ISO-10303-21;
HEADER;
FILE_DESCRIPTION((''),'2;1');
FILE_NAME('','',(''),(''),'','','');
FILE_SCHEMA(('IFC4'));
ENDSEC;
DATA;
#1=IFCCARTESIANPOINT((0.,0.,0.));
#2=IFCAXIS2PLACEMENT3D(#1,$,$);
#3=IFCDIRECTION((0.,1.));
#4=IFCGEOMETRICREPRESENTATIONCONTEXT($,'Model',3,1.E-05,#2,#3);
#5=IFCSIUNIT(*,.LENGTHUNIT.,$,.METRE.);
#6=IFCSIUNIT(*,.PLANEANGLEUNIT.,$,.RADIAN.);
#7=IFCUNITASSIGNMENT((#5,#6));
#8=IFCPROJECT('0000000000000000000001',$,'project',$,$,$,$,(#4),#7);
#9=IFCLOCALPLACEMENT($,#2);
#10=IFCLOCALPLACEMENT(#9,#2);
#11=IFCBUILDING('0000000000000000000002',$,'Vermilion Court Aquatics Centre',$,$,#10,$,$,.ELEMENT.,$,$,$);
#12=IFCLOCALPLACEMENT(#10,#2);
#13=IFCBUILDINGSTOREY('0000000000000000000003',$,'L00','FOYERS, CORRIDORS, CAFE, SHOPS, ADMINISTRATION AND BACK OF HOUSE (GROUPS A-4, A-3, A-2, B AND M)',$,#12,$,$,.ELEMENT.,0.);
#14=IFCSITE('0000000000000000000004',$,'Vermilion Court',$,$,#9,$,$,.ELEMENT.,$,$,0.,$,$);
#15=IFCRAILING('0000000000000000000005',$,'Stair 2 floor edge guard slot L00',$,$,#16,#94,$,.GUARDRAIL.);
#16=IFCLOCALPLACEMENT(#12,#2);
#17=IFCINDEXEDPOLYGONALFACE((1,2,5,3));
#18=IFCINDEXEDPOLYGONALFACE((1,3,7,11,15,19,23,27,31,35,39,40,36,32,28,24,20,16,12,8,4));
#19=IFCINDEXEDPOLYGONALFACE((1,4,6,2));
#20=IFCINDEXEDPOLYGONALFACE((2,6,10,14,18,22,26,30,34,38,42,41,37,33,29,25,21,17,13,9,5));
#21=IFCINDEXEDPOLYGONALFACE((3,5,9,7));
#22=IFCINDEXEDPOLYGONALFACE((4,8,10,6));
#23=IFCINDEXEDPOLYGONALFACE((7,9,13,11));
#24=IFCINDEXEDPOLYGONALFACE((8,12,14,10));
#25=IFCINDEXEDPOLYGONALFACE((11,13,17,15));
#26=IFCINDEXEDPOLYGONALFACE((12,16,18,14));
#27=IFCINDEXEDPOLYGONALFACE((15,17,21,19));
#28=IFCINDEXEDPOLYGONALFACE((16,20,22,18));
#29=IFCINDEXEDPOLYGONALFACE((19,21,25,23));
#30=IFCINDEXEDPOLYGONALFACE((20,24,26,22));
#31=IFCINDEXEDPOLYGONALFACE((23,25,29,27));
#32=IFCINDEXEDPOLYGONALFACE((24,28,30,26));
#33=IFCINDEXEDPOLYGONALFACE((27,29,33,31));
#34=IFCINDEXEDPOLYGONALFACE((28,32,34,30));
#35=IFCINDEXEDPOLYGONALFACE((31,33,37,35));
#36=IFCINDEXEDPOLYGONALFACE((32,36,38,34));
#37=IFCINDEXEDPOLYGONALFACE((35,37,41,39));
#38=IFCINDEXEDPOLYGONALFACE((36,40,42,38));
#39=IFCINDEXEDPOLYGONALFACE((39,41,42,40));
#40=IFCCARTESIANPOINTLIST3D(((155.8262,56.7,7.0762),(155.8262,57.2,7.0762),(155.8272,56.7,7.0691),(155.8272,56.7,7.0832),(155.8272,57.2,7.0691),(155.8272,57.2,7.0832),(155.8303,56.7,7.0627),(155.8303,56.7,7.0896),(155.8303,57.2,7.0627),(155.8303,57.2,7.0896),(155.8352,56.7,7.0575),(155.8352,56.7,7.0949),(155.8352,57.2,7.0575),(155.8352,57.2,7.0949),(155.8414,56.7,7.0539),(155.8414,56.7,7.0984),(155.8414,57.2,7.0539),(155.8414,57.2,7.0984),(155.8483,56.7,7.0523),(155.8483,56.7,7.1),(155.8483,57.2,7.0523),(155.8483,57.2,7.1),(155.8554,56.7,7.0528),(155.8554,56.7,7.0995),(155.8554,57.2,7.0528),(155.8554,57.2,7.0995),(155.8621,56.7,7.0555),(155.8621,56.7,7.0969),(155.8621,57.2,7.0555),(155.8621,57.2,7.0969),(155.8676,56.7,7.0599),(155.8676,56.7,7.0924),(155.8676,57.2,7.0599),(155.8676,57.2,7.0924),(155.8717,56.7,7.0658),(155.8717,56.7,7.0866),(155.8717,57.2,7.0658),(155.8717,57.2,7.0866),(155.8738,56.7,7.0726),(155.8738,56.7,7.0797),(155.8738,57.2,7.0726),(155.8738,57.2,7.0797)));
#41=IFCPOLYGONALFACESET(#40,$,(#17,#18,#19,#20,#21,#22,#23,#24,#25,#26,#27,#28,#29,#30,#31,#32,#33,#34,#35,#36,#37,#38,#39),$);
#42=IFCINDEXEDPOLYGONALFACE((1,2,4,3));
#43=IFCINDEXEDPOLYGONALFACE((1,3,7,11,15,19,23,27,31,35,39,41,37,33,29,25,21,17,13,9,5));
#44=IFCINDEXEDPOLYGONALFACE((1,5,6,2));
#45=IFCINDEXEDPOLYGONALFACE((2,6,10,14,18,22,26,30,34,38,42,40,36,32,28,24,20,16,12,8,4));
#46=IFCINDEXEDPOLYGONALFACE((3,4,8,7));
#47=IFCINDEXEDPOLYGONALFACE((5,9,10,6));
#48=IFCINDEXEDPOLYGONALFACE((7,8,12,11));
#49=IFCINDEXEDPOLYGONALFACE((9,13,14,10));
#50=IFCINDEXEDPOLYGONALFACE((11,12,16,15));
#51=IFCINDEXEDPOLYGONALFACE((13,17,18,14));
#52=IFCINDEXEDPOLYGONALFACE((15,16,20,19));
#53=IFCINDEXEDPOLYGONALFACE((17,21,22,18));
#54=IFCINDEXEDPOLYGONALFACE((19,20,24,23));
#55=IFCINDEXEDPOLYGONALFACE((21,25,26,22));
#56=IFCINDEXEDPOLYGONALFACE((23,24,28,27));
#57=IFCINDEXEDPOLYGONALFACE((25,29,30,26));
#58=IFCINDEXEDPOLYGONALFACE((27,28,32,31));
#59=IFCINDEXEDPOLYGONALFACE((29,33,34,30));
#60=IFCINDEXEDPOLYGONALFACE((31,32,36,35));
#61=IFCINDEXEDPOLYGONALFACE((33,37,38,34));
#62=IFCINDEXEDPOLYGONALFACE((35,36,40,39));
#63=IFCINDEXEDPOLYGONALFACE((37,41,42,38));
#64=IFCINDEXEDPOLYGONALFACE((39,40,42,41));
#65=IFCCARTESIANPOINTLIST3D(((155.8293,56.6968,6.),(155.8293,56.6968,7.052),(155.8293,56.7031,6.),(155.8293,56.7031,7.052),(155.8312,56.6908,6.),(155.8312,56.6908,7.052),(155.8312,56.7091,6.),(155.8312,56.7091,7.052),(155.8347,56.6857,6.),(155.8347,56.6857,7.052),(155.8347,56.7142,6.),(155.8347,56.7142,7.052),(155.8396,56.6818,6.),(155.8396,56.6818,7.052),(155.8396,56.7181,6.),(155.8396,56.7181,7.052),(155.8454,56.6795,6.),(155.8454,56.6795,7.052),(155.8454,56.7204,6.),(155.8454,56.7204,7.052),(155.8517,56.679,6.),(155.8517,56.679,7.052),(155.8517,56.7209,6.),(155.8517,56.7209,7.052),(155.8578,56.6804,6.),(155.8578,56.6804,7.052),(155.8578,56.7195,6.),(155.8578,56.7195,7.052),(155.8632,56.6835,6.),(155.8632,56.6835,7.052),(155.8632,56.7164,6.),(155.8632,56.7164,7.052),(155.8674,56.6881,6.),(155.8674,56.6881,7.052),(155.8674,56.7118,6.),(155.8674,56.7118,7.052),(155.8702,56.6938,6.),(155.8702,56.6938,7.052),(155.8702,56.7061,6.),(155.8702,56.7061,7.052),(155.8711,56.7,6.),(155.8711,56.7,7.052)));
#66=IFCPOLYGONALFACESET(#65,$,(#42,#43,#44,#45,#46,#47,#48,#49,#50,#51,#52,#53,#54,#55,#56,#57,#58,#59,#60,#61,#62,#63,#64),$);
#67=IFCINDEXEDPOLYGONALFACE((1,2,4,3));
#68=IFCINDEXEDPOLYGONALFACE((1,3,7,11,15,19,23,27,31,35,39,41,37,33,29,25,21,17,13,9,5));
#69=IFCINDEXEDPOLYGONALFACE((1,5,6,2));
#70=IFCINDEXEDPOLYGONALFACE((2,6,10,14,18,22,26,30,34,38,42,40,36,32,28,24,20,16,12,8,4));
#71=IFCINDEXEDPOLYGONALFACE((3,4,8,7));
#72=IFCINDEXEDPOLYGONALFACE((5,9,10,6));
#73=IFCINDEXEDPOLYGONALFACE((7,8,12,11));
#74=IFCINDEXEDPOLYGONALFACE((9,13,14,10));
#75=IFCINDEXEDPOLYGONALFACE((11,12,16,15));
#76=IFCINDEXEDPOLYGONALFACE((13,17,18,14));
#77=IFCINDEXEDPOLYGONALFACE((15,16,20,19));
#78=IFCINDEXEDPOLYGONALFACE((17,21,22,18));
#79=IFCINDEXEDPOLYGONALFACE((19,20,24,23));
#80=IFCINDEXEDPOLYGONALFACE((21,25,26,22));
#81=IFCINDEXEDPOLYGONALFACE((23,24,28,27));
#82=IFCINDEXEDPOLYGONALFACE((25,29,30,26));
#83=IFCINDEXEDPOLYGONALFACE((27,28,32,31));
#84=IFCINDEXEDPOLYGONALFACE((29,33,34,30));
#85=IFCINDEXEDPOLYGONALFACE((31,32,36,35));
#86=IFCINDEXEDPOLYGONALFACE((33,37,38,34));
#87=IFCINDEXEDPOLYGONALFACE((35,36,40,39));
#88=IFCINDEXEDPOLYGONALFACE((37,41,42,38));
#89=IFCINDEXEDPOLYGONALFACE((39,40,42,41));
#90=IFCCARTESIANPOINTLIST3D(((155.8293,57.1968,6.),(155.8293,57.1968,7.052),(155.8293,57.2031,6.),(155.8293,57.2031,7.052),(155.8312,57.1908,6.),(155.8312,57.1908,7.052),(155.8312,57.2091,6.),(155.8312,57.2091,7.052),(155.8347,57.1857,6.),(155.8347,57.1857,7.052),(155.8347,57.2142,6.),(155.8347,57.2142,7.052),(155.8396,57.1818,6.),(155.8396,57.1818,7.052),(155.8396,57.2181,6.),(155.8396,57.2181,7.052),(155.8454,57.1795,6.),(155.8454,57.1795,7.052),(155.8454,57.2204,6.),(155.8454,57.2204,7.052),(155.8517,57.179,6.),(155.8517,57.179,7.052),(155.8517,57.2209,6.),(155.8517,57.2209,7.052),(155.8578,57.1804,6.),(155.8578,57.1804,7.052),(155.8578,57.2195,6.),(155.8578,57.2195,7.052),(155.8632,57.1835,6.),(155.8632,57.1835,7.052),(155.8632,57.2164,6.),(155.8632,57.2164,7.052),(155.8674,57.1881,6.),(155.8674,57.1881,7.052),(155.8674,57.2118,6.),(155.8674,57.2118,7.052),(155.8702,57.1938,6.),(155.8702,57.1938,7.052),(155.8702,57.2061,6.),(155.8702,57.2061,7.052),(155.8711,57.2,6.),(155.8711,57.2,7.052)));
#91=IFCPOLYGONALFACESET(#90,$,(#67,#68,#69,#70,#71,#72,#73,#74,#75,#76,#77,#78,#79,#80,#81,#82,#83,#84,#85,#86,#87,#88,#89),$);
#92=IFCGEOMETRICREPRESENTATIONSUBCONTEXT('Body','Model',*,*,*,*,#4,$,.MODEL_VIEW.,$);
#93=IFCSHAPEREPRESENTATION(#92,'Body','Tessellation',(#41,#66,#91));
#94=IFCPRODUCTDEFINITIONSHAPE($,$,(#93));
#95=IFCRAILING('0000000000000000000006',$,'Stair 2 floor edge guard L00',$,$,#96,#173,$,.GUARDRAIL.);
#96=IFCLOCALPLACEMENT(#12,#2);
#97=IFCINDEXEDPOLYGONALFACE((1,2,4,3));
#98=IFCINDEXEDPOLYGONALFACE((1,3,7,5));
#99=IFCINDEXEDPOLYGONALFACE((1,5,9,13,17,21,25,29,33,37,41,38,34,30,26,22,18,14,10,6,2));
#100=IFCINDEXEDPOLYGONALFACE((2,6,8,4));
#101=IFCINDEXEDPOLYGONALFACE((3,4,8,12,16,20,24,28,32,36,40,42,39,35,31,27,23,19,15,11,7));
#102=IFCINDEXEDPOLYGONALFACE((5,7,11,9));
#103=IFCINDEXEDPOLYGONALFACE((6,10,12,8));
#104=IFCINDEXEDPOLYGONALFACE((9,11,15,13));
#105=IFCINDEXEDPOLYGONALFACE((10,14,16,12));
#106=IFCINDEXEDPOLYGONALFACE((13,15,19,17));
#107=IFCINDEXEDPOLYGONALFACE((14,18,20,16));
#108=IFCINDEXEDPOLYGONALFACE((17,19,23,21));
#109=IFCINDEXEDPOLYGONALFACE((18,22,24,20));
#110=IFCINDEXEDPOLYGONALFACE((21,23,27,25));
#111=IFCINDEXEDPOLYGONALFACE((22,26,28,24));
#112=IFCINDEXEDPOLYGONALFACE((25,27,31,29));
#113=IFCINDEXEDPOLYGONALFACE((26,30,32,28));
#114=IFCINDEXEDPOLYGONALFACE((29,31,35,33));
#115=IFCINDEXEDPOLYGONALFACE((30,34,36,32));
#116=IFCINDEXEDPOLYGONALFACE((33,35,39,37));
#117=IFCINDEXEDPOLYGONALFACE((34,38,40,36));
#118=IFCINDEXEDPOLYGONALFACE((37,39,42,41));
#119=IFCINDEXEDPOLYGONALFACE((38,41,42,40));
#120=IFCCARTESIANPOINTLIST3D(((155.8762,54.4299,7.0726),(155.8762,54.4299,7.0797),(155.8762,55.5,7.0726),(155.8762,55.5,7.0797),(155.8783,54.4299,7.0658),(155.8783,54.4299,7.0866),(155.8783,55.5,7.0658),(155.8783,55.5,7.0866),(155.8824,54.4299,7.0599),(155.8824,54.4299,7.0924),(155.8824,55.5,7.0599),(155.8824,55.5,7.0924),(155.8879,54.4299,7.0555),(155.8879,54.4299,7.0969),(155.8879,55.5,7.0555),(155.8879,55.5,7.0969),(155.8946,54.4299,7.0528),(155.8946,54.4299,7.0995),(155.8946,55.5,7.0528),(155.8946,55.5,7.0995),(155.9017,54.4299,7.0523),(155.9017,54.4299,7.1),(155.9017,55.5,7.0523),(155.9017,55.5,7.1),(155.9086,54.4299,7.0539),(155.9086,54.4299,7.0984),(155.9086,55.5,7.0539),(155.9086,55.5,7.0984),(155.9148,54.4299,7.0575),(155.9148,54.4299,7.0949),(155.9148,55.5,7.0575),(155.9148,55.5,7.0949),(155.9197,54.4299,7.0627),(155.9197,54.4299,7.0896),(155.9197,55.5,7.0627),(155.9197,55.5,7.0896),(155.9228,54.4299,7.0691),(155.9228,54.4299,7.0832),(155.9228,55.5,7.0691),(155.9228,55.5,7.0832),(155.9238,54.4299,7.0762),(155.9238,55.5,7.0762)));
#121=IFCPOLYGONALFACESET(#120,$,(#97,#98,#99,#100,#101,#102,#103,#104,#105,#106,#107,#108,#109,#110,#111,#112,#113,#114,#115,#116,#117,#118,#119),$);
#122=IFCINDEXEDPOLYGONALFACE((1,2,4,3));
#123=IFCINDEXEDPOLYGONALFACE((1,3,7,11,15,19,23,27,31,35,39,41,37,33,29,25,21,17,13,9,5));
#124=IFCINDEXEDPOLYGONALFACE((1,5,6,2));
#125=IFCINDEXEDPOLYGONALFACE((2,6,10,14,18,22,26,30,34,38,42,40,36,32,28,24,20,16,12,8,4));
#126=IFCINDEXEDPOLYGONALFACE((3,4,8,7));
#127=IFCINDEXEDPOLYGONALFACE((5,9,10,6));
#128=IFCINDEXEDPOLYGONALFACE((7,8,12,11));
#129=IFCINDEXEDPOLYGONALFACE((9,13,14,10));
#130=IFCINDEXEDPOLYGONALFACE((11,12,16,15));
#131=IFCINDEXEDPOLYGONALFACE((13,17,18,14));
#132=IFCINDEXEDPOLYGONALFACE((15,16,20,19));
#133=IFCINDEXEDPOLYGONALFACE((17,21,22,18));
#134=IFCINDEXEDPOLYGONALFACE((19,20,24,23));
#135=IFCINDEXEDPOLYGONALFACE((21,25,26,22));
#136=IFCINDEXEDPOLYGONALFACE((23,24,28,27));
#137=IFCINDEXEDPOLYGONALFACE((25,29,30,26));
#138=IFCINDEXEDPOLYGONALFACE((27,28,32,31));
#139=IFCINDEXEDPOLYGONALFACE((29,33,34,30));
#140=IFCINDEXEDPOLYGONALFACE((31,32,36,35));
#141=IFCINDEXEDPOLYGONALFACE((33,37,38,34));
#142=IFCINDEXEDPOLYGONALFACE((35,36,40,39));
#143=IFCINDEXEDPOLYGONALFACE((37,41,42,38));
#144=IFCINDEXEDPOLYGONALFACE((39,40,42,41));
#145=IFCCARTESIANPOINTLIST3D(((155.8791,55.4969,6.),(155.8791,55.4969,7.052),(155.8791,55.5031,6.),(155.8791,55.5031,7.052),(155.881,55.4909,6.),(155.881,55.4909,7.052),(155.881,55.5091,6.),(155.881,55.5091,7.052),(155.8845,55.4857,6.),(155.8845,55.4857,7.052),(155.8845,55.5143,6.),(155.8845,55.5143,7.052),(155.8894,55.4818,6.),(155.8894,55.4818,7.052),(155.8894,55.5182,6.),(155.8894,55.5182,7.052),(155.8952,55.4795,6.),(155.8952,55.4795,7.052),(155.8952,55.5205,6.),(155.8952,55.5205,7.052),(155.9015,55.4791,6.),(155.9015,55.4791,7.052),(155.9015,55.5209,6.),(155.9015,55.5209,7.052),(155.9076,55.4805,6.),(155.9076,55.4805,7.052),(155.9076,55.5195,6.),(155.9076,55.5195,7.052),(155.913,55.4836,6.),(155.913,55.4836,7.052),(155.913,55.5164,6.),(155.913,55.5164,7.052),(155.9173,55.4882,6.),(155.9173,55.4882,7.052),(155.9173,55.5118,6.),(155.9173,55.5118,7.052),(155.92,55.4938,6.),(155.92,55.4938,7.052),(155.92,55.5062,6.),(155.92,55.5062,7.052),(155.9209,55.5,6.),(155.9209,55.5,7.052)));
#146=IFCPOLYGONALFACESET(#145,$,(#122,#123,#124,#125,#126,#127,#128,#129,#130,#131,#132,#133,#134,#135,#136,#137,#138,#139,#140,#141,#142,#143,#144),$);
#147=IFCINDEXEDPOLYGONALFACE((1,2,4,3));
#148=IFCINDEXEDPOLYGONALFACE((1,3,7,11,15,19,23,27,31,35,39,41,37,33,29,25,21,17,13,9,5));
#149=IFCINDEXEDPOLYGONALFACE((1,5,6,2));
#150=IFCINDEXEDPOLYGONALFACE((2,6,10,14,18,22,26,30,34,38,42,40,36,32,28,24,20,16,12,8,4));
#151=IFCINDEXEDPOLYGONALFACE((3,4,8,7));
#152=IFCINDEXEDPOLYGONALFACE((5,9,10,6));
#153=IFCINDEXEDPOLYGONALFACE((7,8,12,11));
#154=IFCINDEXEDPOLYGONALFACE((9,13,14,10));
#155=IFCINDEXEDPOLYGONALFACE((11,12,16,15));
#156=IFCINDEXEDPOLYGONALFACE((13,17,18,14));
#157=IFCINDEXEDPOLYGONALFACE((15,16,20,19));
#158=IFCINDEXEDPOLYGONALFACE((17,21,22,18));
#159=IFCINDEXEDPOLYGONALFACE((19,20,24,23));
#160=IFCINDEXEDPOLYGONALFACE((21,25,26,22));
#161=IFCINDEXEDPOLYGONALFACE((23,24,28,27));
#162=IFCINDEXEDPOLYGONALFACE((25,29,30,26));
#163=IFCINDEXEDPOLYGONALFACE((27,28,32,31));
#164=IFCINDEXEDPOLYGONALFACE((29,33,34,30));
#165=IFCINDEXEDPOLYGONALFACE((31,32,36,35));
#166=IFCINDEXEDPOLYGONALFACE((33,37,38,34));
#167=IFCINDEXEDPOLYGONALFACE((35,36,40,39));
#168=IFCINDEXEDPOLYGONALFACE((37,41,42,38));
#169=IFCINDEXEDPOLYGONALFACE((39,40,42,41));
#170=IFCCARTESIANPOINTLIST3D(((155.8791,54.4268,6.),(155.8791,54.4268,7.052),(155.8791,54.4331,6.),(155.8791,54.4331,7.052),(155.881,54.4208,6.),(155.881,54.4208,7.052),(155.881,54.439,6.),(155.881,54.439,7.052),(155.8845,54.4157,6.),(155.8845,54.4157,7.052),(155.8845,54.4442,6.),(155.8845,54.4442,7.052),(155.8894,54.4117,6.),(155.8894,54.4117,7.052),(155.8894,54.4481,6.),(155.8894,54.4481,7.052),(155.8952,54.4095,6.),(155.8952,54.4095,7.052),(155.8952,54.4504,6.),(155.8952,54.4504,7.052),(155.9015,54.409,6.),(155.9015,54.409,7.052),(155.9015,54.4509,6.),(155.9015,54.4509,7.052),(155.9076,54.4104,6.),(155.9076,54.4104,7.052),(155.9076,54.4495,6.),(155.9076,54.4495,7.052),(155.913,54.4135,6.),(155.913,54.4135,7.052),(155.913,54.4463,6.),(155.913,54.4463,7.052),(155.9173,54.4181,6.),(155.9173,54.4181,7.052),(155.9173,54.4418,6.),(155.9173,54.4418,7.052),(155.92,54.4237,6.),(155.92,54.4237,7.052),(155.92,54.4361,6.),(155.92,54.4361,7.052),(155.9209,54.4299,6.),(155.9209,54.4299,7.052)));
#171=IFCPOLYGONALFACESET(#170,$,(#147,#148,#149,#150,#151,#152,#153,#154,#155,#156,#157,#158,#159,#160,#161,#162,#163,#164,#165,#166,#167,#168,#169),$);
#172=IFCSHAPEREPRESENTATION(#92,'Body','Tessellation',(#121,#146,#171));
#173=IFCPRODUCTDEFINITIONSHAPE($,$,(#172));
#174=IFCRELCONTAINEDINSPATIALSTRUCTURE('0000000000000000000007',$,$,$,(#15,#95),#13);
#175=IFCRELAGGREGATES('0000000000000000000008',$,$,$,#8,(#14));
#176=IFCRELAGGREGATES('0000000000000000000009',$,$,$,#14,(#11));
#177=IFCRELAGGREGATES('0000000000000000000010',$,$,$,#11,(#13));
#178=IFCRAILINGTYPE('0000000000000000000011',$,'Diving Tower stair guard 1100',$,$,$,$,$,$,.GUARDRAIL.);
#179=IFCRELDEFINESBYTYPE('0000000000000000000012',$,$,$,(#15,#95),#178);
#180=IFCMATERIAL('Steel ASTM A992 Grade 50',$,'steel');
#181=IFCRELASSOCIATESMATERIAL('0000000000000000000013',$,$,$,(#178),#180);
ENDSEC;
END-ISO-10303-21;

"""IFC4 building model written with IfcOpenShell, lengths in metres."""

from ifc_helpers import new_model, si_unit, direction, frame, origin, origin_2d, place, context, subcontext, project, spatial, circle, extrude, material, type_object, element, save


model = new_model("IFC4")

# Units and contexts
model_context = context("Model", 3, precision=1e-05, world=origin(), true_north=direction((0.0, 1.0)))
body_context = subcontext(model_context, "Body", "Model", "MODEL_VIEW")
ifc_project = project(units=[si_unit("LENGTHUNIT", "METRE"), si_unit("PLANEANGLEUNIT", "RADIAN")], contexts=[model_context])

# Site, building, storey
site_placement = place(None, origin())
site = spatial("IfcSite", under=ifc_project, at=site_placement, Name="Vermilion Court", CompositionType="ELEMENT", RefElevation=0.0)
building_placement = place(site_placement, origin())
building = spatial("IfcBuilding", under=site, at=building_placement, Name="Vermilion Court Aquatics Centre", CompositionType="ELEMENT")
storey_placement = place(building_placement, origin())
storey = spatial("IfcBuildingStorey", under=building, at=storey_placement, Name="L00", Description="FOYERS, CORRIDORS, CAFE, SHOPS, ADMINISTRATION AND BACK OF HOUSE (GROUPS A-4, A-3, A-2, B AND M)", CompositionType="ELEMENT", Elevation=0.0)

# Railings
ifc_material_1 = material(Name="Steel ASTM A992 Grade 50", Category="steel")
railing_type_1 = type_object("IfcRailingType", Name="Diving Tower stair guard 1100", PredefinedType="GUARDRAIL", material=ifc_material_1)
railing_1_placement = place(storey_placement, frame((155.8501, 56.7, 6.0)))
element("IfcRailing", 1, at=railing_1_placement, inside=storey, type_object=railing_type_1, Name="Stair 2 floor edge guard slot L00", PredefinedType="GUARDRAIL", context=body_context, shape_type="SweptSolid", body=[
    extrude(circle(Radius=0.0239, at=origin_2d()), frame((0.0, 0.0, 1.0762), z_axis=(0.0, 1.0, 0.0), x_axis=(-1.0, 0.0, 0.0)), (0.0, 0.0, 1.0), 0.5),
    extrude(circle(Radius=0.021, at=origin_2d()), origin(), (0.0, 0.0, 1.0), 1.052),
    extrude(circle(Radius=0.021, at=origin_2d()), frame((0.0, 0.5, 0.0)), (0.0, 0.0, 1.0), 1.052),
])
railing_2_placement = place(storey_placement, frame((155.8999, 55.5, 6.0)))
element("IfcRailing", 2, at=railing_2_placement, inside=storey, type_object=railing_type_1, Name="Stair 2 floor edge guard L00", PredefinedType="GUARDRAIL", context=body_context, shape_type="SweptSolid", body=[
    extrude(circle(Radius=0.0239, at=origin_2d()), frame((0.0, 0.0, 1.0762), z_axis=(0.0, -1.0, 0.0), x_axis=(1.0, 0.0, 0.0)), (0.0, 0.0, 1.0), 1.0701),
    extrude(circle(Radius=0.021, at=origin_2d()), origin(), (0.0, 0.0, 1.0), 1.052),
    extrude(circle(Radius=0.021, at=origin_2d()), frame((0.0, -1.0701, 0.0)), (0.0, 0.0, 1.0), 1.052),
])

save(model, "model.ifc")
